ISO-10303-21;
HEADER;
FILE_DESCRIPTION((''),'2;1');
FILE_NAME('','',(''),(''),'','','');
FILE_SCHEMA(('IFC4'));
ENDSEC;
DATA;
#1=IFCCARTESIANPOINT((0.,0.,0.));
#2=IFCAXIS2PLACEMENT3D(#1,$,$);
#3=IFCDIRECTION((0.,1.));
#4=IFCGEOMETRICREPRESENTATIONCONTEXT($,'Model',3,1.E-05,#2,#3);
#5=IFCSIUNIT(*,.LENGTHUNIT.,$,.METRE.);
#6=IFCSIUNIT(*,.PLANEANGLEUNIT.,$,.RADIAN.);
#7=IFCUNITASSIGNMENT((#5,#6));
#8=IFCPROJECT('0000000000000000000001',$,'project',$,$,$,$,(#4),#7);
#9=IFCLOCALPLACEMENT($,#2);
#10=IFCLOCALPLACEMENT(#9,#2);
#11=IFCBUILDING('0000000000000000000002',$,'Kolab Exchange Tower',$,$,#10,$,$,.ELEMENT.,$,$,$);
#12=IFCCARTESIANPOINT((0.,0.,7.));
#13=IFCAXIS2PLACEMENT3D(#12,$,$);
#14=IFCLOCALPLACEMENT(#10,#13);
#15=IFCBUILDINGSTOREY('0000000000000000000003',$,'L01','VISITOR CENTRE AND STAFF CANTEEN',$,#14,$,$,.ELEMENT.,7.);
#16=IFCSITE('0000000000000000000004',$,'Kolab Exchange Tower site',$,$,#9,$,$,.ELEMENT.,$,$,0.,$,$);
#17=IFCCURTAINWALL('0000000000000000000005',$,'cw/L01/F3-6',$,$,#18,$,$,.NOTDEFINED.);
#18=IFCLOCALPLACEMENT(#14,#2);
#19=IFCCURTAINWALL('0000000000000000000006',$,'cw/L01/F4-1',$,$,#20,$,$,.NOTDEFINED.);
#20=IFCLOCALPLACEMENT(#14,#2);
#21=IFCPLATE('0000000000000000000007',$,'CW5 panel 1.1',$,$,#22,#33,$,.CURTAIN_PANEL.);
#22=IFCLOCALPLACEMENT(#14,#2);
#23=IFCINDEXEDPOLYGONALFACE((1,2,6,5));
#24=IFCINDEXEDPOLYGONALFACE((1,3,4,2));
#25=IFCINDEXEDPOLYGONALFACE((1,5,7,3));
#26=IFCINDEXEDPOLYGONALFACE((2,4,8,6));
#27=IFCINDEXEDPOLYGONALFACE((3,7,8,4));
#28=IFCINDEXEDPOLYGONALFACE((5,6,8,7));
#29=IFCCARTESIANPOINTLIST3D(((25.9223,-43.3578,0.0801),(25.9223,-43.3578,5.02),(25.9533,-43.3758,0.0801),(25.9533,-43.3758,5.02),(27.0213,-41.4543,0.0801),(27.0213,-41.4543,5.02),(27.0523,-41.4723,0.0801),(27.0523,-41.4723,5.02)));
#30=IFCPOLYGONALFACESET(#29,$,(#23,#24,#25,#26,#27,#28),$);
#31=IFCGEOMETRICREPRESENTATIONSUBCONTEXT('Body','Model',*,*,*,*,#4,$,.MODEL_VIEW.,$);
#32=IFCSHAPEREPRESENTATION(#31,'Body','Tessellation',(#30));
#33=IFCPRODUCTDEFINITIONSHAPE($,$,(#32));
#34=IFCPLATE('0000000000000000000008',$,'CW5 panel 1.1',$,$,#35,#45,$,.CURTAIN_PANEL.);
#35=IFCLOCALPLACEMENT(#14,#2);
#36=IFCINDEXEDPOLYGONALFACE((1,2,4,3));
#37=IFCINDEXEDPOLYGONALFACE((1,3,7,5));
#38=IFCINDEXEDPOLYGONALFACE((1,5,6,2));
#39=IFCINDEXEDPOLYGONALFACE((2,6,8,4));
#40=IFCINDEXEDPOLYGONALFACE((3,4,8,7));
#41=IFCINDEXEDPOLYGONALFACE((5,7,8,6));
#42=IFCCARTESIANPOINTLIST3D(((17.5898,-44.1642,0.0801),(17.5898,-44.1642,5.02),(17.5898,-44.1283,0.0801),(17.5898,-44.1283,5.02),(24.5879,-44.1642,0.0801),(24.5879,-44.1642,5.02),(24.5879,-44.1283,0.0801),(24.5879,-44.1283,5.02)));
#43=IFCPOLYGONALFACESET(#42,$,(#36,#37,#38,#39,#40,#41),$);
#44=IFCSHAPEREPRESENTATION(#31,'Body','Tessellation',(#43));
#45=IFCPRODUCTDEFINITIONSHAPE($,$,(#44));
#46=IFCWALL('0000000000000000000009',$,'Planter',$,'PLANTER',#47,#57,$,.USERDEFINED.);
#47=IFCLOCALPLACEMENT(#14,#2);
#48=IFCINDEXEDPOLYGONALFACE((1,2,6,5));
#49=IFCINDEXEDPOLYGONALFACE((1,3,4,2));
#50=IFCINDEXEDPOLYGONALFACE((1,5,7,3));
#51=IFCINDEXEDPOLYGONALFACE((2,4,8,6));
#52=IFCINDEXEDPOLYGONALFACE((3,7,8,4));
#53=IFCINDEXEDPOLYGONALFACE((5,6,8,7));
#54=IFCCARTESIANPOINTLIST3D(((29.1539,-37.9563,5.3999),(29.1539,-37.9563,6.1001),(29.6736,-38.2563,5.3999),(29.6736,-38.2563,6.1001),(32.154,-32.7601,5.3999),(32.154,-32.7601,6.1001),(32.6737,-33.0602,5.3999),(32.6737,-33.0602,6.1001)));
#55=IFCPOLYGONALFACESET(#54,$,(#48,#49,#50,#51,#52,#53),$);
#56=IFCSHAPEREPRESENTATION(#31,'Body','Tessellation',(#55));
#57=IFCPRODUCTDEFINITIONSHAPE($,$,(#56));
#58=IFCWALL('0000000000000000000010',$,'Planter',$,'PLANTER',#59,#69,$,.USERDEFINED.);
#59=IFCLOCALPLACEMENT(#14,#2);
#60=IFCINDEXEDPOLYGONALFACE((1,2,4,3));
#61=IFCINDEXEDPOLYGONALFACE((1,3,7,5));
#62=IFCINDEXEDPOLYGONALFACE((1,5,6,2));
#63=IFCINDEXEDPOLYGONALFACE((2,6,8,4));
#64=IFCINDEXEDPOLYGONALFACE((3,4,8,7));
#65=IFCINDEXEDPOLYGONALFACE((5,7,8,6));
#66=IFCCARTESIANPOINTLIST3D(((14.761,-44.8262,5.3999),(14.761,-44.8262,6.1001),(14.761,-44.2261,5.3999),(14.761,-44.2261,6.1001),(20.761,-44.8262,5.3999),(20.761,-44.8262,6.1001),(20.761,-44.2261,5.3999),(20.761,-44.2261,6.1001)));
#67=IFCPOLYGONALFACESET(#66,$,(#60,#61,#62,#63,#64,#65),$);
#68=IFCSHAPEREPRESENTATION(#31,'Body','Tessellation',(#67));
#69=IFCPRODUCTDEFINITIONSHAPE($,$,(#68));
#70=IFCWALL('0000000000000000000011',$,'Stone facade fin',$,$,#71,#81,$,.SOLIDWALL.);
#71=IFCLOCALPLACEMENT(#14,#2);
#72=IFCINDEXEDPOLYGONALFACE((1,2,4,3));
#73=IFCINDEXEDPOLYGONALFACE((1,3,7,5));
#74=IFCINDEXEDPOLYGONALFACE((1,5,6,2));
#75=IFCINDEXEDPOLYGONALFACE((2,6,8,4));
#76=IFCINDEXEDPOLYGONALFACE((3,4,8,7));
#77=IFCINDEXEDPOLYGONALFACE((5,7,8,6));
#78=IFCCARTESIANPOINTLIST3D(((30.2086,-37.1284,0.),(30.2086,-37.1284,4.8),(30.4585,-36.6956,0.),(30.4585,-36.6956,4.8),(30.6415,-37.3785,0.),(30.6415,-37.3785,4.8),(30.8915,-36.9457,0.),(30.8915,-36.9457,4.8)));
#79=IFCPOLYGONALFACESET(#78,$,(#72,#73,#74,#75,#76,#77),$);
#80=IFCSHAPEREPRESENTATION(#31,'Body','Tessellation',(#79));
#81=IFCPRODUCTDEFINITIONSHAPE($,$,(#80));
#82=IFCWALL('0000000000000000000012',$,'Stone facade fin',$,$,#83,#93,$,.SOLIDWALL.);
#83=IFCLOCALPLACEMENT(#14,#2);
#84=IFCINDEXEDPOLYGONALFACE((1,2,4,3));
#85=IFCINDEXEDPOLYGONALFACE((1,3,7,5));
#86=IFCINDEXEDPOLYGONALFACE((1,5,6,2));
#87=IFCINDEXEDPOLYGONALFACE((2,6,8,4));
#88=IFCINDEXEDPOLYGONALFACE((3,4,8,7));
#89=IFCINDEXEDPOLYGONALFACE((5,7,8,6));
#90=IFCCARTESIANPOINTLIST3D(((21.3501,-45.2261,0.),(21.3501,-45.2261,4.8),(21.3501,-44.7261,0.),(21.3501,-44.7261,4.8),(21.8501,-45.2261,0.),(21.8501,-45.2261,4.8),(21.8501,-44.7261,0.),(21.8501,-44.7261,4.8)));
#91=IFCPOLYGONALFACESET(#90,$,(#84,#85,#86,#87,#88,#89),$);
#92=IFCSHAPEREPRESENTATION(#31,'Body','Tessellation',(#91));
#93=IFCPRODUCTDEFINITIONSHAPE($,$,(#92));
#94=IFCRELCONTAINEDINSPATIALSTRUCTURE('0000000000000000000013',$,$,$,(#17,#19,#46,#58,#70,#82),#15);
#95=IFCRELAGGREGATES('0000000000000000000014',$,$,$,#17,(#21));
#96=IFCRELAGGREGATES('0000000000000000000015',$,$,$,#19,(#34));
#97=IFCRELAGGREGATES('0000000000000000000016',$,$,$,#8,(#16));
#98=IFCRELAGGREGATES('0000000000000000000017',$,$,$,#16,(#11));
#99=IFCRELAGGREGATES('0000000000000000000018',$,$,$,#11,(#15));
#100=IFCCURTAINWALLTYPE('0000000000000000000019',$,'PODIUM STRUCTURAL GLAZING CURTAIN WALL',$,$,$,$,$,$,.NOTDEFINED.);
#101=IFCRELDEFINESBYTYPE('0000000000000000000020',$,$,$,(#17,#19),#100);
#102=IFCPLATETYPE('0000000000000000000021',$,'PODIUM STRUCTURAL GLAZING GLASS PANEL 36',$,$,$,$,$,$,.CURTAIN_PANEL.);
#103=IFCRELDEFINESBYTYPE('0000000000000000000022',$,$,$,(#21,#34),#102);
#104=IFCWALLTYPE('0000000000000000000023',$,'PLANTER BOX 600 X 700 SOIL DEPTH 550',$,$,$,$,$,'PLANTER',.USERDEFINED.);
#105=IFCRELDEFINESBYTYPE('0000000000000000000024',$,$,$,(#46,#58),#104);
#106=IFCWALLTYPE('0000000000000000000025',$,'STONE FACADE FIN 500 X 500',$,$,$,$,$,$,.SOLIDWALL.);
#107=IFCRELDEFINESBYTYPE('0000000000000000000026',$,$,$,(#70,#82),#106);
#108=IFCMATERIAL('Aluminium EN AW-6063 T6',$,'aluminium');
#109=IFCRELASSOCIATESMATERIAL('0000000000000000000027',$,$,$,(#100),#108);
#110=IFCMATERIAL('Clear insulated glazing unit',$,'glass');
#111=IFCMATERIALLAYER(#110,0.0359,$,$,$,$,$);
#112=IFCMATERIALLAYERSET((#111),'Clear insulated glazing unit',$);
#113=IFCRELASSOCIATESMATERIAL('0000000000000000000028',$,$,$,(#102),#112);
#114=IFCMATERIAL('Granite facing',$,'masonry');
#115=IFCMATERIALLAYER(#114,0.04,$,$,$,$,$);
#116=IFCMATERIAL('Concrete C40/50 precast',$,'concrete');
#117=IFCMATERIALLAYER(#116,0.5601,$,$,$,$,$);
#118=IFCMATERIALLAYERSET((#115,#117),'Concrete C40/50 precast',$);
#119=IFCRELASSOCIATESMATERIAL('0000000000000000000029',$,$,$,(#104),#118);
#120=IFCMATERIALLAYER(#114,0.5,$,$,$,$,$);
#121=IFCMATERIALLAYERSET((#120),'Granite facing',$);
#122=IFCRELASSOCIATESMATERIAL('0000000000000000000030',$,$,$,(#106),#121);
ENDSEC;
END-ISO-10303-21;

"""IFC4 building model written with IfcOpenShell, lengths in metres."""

from ifc_helpers import new_model, si_unit, direction, frame, frame_2d, origin, origin_2d, place, context, subcontext, project, spatial, rectangle, extrude, material, layer, layer_set, type_object, element, aggregate, save


model = new_model("IFC4")

# Units and contexts
model_context = context("Model", 3, precision=1e-05, world=origin(), true_north=direction((0.0, 1.0)))
body_context = subcontext(model_context, "Body", "Model", "MODEL_VIEW")
ifc_project = project(units=[si_unit("LENGTHUNIT", "METRE"), si_unit("PLANEANGLEUNIT", "RADIAN")], contexts=[model_context])

# Site, building, storey
site_placement = place(None, origin())
site = spatial("IfcSite", under=ifc_project, at=site_placement, Name="Kolab Exchange Tower site", CompositionType="ELEMENT", RefElevation=0.0)
building_placement = place(site_placement, origin())
building = spatial("IfcBuilding", under=site, at=building_placement, Name="Kolab Exchange Tower", CompositionType="ELEMENT")
storey_placement = place(building_placement, frame((0.0, 0.0, 7.0)))
storey = spatial("IfcBuildingStorey", under=building, at=storey_placement, Name="L01", Description="VISITOR CENTRE AND STAFF CANTEEN", CompositionType="ELEMENT", Elevation=7.0)

# Curtain wall
ifc_material_1 = material(Name="Aluminium EN AW-6063 T6", Category="aluminium")
curtain_wall_type = type_object("IfcCurtainWallType", Name="PODIUM STRUCTURAL GLAZING CURTAIN WALL", PredefinedType="NOTDEFINED", material=ifc_material_1)
curtain_wall_1_placement = place(storey_placement, origin())
curtain_wall_1 = element("IfcCurtainWall", 1, at=curtain_wall_1_placement, inside=storey, type_object=curtain_wall_type, Name="cw/L01/F3-6", PredefinedType="NOTDEFINED")

# Curtain wall
curtain_wall_2_placement = place(storey_placement, origin())
curtain_wall_2 = element("IfcCurtainWall", 2, at=curtain_wall_2_placement, inside=storey, type_object=curtain_wall_type, Name="cw/L01/F4-1", PredefinedType="NOTDEFINED")

# Plates
ifc_material_2 = material(Name="Clear insulated glazing unit", Category="glass")
ifc_layer_1 = layer(ifc_material_2, 0.0359)
ifc_layer_set_1 = layer_set([ifc_layer_1], Name="Clear insulated glazing unit")
plate_type = type_object("IfcPlateType", Name="PODIUM STRUCTURAL GLAZING GLASS PANEL 36", PredefinedType="CURTAIN_PANEL", material=ifc_layer_set_1)
plate_1_placement = place(storey_placement, frame((26.4873, -42.415, 0.0801), z_axis=(0.0, 0.0, 1.0), x_axis=(-0.5, -0.866025, 0.0)))
plate_1 = element("IfcPlate", 3, at=plate_1_placement, type_object=plate_type, Name="CW5 panel 1.1", PredefinedType="CURTAIN_PANEL", context=body_context, shape_type="SweptSolid", body=[
    extrude(rectangle(XDim=2.198, YDim=0.0359, at=origin_2d()), origin(), (0.0, 0.0, 1.0), 4.9399),
])
aggregate(curtain_wall_1, [plate_1])
plate_2_placement = place(storey_placement, frame((21.0889, -44.1462, 0.0801), z_axis=(0.0, 0.0, 1.0), x_axis=(-1.0, 0.0, 0.0)))
plate_2 = element("IfcPlate", 4, at=plate_2_placement, type_object=plate_type, Name="CW5 panel 1.1", PredefinedType="CURTAIN_PANEL", context=body_context, shape_type="SweptSolid", body=[
    extrude(rectangle(XDim=6.998, YDim=0.0359, at=origin_2d()), origin(), (0.0, 0.0, 1.0), 4.9399),
])
aggregate(curtain_wall_2, [plate_2])

# Walls
ifc_material_3 = material(Name="Granite facing", Category="masonry")
ifc_layer_2 = layer(ifc_material_3, 0.04)
ifc_material_4 = material(Name="Concrete C40/50 precast", Category="concrete")
ifc_layer_3 = layer(ifc_material_4, 0.5601)
ifc_layer_set_2 = layer_set([ifc_layer_2, ifc_layer_3], Name="Concrete C40/50 precast")
wall_type_1 = type_object("IfcWallType", Name="PLANTER BOX 600 X 700 SOIL DEPTH 550", ElementType="PLANTER", PredefinedType="USERDEFINED", material=ifc_layer_set_2)
for number, where, z_axis, x_axis, name in (
    (5, (32.4138, -32.9102, 5.3999), (0.0, 0.0, 1.0), (-0.500008, -0.866021, 0.0), "Planter"),
    (6, (20.761, -44.5261, 5.3999), (0.0, 0.0, 1.0), (-1.0, 0.0, 0.0), "Planter"),
):
    element("IfcWall", number, at=place(storey_placement, frame(where, z_axis=z_axis, x_axis=x_axis)), inside=storey, type_object=wall_type_1, Name=name, ObjectType="PLANTER", PredefinedType="USERDEFINED", context=body_context, shape_type="SweptSolid", body=[
        extrude(rectangle(XDim=6.0, YDim=0.6001, at=frame_2d((3.0, 0.0))), origin(), (0.0, 0.0, 1.0), 0.7002),
    ])
ifc_layer_4 = layer(ifc_material_3, 0.5)
ifc_layer_set_3 = layer_set([ifc_layer_4], Name="Granite facing")
wall_type_2 = type_object("IfcWallType", Name="STONE FACADE FIN 500 X 500", PredefinedType="SOLIDWALL", material=ifc_layer_set_3)
wall_1_placement = place(storey_placement, frame((30.675, -36.8206, 0.0), z_axis=(0.0, 0.0, 1.0), x_axis=(-0.500131, -0.86595, 0.0)))
element("IfcWall", 7, at=wall_1_placement, inside=storey, type_object=wall_type_2, Name="Stone facade fin", PredefinedType="SOLIDWALL", context=body_context, shape_type="SweptSolid", body=[
    extrude(rectangle(XDim=0.4998, YDim=0.5, at=frame_2d((0.25, 0.0))), origin(), (0.0, 0.0, 1.0), 4.8),
])
wall_2_placement = place(storey_placement, frame((21.8501, -44.9761, 0.0), z_axis=(0.0, 0.0, 1.0), x_axis=(-1.0, 0.0, 0.0)))
element("IfcWall", 8, at=wall_2_placement, inside=storey, type_object=wall_type_2, Name="Stone facade fin", PredefinedType="SOLIDWALL", context=body_context, shape_type="SweptSolid", body=[
    extrude(rectangle(XDim=0.5, YDim=0.5, at=frame_2d((0.25, 0.0))), origin(), (0.0, 0.0, 1.0), 4.8),
])

save(model, "model.ifc")
